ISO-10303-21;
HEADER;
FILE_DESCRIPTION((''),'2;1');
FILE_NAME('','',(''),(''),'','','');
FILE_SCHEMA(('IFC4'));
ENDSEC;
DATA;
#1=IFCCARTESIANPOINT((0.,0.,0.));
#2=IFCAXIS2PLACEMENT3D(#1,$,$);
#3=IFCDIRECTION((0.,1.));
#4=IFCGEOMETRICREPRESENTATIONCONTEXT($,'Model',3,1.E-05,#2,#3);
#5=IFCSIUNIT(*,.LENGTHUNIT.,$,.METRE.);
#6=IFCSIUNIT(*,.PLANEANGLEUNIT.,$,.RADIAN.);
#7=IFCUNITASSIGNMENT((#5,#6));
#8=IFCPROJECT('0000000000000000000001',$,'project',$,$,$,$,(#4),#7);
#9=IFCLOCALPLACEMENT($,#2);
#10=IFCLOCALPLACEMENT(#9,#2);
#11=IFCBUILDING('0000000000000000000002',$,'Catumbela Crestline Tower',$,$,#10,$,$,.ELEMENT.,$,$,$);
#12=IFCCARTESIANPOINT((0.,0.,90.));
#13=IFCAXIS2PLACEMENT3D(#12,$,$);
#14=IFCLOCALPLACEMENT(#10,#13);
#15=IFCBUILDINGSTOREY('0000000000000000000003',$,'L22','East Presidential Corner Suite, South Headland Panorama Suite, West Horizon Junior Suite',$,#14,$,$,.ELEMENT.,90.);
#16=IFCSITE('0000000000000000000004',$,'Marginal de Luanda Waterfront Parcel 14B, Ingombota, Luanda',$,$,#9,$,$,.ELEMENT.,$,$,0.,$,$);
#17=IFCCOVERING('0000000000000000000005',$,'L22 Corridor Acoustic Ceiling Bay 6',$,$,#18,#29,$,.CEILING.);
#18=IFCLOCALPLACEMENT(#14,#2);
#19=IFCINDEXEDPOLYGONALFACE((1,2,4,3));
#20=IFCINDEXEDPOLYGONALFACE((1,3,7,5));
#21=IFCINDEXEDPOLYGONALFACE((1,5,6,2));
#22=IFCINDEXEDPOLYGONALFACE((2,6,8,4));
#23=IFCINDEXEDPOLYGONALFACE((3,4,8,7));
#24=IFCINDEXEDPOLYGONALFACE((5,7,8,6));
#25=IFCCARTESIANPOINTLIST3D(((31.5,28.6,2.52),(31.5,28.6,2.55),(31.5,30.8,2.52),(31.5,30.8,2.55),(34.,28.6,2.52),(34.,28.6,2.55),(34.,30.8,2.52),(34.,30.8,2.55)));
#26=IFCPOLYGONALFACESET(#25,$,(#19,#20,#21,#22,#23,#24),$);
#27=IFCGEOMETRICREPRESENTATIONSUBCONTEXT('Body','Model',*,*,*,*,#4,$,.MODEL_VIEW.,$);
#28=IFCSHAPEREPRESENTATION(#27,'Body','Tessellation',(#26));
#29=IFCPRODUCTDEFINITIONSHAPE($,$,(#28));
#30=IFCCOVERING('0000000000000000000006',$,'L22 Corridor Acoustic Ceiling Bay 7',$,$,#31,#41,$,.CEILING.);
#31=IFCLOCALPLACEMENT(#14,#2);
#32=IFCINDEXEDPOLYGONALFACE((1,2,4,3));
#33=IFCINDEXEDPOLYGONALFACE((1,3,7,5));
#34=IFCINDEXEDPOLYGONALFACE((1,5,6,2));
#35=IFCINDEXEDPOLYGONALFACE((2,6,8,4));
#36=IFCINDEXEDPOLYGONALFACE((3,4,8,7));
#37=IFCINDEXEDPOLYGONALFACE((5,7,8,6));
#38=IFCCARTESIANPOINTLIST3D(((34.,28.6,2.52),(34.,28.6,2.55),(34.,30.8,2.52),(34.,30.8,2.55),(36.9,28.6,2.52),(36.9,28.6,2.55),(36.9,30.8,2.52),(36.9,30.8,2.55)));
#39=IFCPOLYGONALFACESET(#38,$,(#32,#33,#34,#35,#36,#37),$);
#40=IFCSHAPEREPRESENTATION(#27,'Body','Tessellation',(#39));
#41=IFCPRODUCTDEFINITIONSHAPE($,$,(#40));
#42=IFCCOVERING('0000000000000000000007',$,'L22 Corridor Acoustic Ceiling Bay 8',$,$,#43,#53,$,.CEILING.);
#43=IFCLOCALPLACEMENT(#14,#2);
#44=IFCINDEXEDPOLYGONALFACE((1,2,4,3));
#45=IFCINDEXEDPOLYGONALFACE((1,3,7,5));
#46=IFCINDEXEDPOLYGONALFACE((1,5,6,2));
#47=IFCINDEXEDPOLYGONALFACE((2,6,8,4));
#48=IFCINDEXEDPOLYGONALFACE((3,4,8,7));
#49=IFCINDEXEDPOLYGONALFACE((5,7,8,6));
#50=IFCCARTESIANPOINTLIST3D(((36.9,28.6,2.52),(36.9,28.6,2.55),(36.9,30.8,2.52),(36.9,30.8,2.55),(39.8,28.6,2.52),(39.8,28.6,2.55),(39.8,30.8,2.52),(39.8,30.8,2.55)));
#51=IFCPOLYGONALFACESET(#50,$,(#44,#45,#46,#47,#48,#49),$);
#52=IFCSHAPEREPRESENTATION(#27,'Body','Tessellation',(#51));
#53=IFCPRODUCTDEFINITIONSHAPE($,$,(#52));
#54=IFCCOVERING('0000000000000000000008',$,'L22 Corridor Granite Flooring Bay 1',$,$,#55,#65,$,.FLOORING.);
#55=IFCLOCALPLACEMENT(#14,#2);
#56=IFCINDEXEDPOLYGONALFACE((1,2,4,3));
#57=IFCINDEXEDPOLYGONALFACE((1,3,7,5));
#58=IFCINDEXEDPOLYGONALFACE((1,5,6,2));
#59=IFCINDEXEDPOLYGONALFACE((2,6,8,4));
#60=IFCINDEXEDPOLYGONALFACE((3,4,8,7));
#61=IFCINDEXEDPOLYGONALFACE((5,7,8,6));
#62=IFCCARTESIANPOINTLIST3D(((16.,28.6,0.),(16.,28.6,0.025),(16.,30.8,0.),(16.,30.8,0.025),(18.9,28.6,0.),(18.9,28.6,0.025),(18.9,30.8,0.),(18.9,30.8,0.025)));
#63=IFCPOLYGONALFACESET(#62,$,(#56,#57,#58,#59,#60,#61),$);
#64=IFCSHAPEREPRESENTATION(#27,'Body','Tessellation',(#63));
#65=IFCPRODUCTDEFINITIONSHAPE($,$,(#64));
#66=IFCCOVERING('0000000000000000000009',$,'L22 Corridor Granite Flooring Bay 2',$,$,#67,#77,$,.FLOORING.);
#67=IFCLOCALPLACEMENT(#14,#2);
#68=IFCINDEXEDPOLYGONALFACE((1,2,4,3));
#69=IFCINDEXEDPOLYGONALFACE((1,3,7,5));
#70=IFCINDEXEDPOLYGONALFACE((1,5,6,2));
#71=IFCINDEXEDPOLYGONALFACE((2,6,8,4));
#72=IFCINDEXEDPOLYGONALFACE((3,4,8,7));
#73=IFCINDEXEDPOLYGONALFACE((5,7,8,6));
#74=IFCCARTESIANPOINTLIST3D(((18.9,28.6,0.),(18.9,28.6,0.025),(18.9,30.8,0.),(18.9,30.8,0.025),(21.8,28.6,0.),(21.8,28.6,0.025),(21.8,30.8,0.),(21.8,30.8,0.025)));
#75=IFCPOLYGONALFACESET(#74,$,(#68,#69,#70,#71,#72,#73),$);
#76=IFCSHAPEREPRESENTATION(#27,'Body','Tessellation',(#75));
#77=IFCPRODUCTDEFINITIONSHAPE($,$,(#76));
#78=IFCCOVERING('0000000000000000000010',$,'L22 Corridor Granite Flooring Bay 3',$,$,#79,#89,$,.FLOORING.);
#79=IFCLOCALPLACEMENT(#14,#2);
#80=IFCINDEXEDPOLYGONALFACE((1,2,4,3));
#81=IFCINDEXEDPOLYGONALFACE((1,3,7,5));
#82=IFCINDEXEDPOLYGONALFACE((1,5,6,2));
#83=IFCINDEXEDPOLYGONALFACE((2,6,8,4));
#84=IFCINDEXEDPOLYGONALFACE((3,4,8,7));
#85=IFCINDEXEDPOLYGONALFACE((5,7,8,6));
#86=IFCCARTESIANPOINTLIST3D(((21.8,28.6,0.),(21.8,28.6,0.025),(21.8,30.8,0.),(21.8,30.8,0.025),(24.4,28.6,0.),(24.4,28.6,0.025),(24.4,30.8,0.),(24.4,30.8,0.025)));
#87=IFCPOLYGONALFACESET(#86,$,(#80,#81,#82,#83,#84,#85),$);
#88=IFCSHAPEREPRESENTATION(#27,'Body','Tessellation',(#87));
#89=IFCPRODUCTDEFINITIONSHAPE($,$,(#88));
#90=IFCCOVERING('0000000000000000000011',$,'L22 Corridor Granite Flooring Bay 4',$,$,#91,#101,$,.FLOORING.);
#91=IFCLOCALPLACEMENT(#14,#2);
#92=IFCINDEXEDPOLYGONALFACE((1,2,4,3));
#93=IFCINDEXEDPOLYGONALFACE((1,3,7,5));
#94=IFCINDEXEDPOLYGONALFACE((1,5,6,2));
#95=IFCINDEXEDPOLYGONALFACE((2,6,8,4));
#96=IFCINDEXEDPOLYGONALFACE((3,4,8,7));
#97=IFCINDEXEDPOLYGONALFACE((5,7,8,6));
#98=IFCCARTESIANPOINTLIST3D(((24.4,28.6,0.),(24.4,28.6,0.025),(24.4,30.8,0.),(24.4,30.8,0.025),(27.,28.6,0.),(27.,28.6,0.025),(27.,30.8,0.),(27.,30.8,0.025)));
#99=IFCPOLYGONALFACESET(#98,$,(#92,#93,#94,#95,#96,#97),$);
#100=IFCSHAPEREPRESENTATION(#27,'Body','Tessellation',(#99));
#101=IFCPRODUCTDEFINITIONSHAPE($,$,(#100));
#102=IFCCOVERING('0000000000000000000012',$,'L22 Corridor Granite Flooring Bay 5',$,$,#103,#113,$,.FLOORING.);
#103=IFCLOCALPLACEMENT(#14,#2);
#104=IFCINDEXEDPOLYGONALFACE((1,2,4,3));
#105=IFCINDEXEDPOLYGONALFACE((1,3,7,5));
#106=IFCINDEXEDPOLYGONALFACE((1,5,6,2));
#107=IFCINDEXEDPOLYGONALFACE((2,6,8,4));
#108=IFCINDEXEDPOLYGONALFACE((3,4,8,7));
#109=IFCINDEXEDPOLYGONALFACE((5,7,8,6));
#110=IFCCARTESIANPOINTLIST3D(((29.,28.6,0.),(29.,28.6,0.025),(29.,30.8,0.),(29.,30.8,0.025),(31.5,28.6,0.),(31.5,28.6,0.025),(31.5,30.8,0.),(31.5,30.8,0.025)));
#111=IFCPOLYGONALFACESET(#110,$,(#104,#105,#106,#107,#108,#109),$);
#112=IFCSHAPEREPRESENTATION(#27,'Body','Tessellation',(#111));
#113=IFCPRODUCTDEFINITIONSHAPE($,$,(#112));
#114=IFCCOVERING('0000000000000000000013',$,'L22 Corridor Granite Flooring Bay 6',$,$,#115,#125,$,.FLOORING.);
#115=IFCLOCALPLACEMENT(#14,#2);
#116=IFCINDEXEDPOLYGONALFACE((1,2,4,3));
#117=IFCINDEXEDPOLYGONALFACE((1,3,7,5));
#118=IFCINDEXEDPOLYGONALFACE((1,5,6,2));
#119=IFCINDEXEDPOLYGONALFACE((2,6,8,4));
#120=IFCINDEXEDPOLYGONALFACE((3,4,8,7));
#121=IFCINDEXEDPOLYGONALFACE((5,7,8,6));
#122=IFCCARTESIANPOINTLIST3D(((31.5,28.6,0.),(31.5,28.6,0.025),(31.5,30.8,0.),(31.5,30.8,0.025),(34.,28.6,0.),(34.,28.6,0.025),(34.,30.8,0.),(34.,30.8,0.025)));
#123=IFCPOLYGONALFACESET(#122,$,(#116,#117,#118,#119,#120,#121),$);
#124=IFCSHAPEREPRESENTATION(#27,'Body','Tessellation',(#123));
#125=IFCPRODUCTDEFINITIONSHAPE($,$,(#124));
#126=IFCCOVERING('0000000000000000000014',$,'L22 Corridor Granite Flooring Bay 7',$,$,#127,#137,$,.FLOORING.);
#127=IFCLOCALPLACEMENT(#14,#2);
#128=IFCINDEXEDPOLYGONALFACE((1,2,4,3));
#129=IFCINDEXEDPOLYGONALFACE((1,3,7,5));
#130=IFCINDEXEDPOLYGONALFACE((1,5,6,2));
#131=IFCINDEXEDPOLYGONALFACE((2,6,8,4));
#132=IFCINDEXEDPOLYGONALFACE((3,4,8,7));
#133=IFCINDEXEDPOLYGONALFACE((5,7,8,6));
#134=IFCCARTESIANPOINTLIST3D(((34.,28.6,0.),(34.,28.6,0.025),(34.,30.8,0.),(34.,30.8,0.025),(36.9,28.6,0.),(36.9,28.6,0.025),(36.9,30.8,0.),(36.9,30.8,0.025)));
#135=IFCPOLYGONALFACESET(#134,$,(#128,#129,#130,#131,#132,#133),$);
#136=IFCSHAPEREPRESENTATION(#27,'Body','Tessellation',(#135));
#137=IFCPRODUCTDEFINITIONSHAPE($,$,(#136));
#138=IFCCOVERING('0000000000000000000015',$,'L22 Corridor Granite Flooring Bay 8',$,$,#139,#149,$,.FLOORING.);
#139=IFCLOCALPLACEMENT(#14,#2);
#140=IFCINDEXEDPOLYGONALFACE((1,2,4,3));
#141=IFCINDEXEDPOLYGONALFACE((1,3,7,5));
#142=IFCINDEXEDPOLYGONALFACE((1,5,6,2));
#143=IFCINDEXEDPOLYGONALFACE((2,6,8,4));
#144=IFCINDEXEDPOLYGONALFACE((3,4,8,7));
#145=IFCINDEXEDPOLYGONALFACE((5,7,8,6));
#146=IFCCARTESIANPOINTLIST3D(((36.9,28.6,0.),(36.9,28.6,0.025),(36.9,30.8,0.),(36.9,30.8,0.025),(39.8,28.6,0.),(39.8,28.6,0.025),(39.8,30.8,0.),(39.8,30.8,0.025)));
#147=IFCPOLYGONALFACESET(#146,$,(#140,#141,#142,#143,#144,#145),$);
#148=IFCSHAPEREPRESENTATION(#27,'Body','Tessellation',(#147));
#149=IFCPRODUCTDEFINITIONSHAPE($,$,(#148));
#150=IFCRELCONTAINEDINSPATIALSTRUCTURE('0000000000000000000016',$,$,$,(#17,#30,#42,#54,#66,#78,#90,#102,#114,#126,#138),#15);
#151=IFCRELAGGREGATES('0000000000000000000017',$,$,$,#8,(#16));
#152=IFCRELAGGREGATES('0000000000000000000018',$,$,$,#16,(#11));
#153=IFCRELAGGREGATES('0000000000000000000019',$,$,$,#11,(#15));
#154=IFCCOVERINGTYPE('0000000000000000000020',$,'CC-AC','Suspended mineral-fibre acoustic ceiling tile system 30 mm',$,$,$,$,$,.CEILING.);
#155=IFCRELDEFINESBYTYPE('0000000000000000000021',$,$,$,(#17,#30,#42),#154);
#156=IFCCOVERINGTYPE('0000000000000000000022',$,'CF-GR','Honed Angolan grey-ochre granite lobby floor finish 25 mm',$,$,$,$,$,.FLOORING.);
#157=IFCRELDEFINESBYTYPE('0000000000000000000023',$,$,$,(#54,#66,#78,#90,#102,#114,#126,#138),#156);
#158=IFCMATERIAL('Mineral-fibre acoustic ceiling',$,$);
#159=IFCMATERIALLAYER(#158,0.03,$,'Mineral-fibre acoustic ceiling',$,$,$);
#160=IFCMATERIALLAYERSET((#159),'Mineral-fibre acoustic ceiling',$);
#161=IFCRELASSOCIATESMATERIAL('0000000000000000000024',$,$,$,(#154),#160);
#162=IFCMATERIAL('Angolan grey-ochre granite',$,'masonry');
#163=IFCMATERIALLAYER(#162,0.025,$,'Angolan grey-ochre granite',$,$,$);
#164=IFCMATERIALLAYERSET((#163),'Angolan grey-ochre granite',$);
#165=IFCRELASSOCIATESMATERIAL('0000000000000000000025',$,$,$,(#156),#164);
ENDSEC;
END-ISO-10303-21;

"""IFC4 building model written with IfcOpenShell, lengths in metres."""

from ifc_helpers import new_model, si_unit, direction, frame, origin, place, context, subcontext, project, spatial, polyline, outline, extrude, material, layer, layer_set, type_object, element, save


model = new_model("IFC4")

# Units and contexts
model_context = context("Model", 3, precision=1e-05, world=origin(), true_north=direction((0.0, 1.0)))
body_context = subcontext(model_context, "Body", "Model", "MODEL_VIEW")
ifc_project = project(units=[si_unit("LENGTHUNIT", "METRE"), si_unit("PLANEANGLEUNIT", "RADIAN")], contexts=[model_context])

# Site, building, storey
site_placement = place(None, origin())
site = spatial("IfcSite", under=ifc_project, at=site_placement, Name="Marginal de Luanda Waterfront Parcel 14B, Ingombota, Luanda", CompositionType="ELEMENT", RefElevation=0.0)
building_placement = place(site_placement, origin())
building = spatial("IfcBuilding", under=site, at=building_placement, Name="Catumbela Crestline Tower", CompositionType="ELEMENT")
storey_placement = place(building_placement, frame((0.0, 0.0, 90.0)))
storey = spatial("IfcBuildingStorey", under=building, at=storey_placement, Name="L22", Description="East Presidential Corner Suite, South Headland Panorama Suite, West Horizon Junior Suite", CompositionType="ELEMENT", Elevation=90.0)

# Shared definitions
ifc_material_1 = material(Name="Angolan grey-ochre granite", Category="masonry")

# Coverings
ifc_material_2 = material(Name="Mineral-fibre acoustic ceiling")
ifc_layer_1 = layer(ifc_material_2, 0.03, Name="Mineral-fibre acoustic ceiling")
ifc_layer_set_1 = layer_set([ifc_layer_1], Name="Mineral-fibre acoustic ceiling")
covering_type_1 = type_object("IfcCoveringType", Name="CC-AC", Description="Suspended mineral-fibre acoustic ceiling tile system 30 mm", PredefinedType="CEILING", material=ifc_layer_set_1)
covering_1_placement = place(storey_placement, frame((0.0, 0.0, 2.52)))
element("IfcCovering", 1, at=covering_1_placement, inside=storey, type_object=covering_type_1, Name="L22 Corridor Acoustic Ceiling Bay 6", PredefinedType="CEILING", context=body_context, shape_type="SweptSolid", body=[
    extrude(outline(polyline([(31.5, 28.6), (34.0, 28.6), (34.0, 30.8), (31.5, 30.8), (31.5, 28.6)])), origin(), (0.0, 0.0, 1.0), 0.03),
])
covering_2_placement = place(storey_placement, frame((0.0, 0.0, 2.52)))
element("IfcCovering", 2, at=covering_2_placement, inside=storey, type_object=covering_type_1, Name="L22 Corridor Acoustic Ceiling Bay 7", PredefinedType="CEILING", context=body_context, shape_type="SweptSolid", body=[
    extrude(outline(polyline([(34.0, 28.6), (36.9, 28.6), (36.9, 30.8), (34.0, 30.8), (34.0, 28.6)])), origin(), (0.0, 0.0, 1.0), 0.03),
])
covering_3_placement = place(storey_placement, frame((0.0, 0.0, 2.52)))
element("IfcCovering", 3, at=covering_3_placement, inside=storey, type_object=covering_type_1, Name="L22 Corridor Acoustic Ceiling Bay 8", PredefinedType="CEILING", context=body_context, shape_type="SweptSolid", body=[
    extrude(outline(polyline([(36.9, 28.6), (39.8, 28.6), (39.8, 30.8), (36.9, 30.8), (36.9, 28.6)])), origin(), (0.0, 0.0, 1.0), 0.03),
])
ifc_layer_2 = layer(ifc_material_1, 0.025, Name="Angolan grey-ochre granite")
ifc_layer_set_2 = layer_set([ifc_layer_2], Name="Angolan grey-ochre granite")
covering_type_2 = type_object("IfcCoveringType", Name="CF-GR", Description="Honed Angolan grey-ochre granite lobby floor finish 25 mm", PredefinedType="FLOORING", material=ifc_layer_set_2)
covering_4_placement = place(storey_placement, origin())
element("IfcCovering", 4, at=covering_4_placement, inside=storey, type_object=covering_type_2, Name="L22 Corridor Granite Flooring Bay 1", PredefinedType="FLOORING", context=body_context, shape_type="SweptSolid", body=[
    extrude(outline(polyline([(16.0, 28.6), (18.9, 28.6), (18.9, 30.8), (16.0, 30.8), (16.0, 28.6)])), origin(), (0.0, 0.0, 1.0), 0.025),
])
covering_5_placement = place(storey_placement, origin())
element("IfcCovering", 5, at=covering_5_placement, inside=storey, type_object=covering_type_2, Name="L22 Corridor Granite Flooring Bay 2", PredefinedType="FLOORING", context=body_context, shape_type="SweptSolid", body=[
    extrude(outline(polyline([(18.9, 28.6), (21.8, 28.6), (21.8, 30.8), (18.9, 30.8), (18.9, 28.6)])), origin(), (0.0, 0.0, 1.0), 0.025),
])
covering_6_placement = place(storey_placement, origin())
element("IfcCovering", 6, at=covering_6_placement, inside=storey, type_object=covering_type_2, Name="L22 Corridor Granite Flooring Bay 3", PredefinedType="FLOORING", context=body_context, shape_type="SweptSolid", body=[
    extrude(outline(polyline([(21.8, 28.6), (24.4, 28.6), (24.4, 30.8), (21.8, 30.8), (21.8, 28.6)])), origin(), (0.0, 0.0, 1.0), 0.025),
])
covering_7_placement = place(storey_placement, origin())
element("IfcCovering", 7, at=covering_7_placement, inside=storey, type_object=covering_type_2, Name="L22 Corridor Granite Flooring Bay 4", PredefinedType="FLOORING", context=body_context, shape_type="SweptSolid", body=[
    extrude(outline(polyline([(24.4, 28.6), (27.0, 28.6), (27.0, 30.8), (24.4, 30.8), (24.4, 28.6)])), origin(), (0.0, 0.0, 1.0), 0.025),
])
covering_8_placement = place(storey_placement, origin())
element("IfcCovering", 8, at=covering_8_placement, inside=storey, type_object=covering_type_2, Name="L22 Corridor Granite Flooring Bay 5", PredefinedType="FLOORING", context=body_context, shape_type="SweptSolid", body=[
    extrude(outline(polyline([(29.0, 28.6), (31.5, 28.6), (31.5, 30.8), (29.0, 30.8), (29.0, 28.6)])), origin(), (0.0, 0.0, 1.0), 0.025),
])
covering_9_placement = place(storey_placement, origin())
element("IfcCovering", 9, at=covering_9_placement, inside=storey, type_object=covering_type_2, Name="L22 Corridor Granite Flooring Bay 6", PredefinedType="FLOORING", context=body_context, shape_type="SweptSolid", body=[
    extrude(outline(polyline([(31.5, 28.6), (34.0, 28.6), (34.0, 30.8), (31.5, 30.8), (31.5, 28.6)])), origin(), (0.0, 0.0, 1.0), 0.025),
])
covering_10_placement = place(storey_placement, origin())
element("IfcCovering", 10, at=covering_10_placement, inside=storey, type_object=covering_type_2, Name="L22 Corridor Granite Flooring Bay 7", PredefinedType="FLOORING", context=body_context, shape_type="SweptSolid", body=[
    extrude(outline(polyline([(34.0, 28.6), (36.9, 28.6), (36.9, 30.8), (34.0, 30.8), (34.0, 28.6)])), origin(), (0.0, 0.0, 1.0), 0.025),
])
covering_11_placement = place(storey_placement, origin())
element("IfcCovering", 11, at=covering_11_placement, inside=storey, type_object=covering_type_2, Name="L22 Corridor Granite Flooring Bay 8", PredefinedType="FLOORING", context=body_context, shape_type="SweptSolid", body=[
    extrude(outline(polyline([(36.9, 28.6), (39.8, 28.6), (39.8, 30.8), (36.9, 30.8), (36.9, 28.6)])), origin(), (0.0, 0.0, 1.0), 0.025),
])

save(model, "model.ifc")
